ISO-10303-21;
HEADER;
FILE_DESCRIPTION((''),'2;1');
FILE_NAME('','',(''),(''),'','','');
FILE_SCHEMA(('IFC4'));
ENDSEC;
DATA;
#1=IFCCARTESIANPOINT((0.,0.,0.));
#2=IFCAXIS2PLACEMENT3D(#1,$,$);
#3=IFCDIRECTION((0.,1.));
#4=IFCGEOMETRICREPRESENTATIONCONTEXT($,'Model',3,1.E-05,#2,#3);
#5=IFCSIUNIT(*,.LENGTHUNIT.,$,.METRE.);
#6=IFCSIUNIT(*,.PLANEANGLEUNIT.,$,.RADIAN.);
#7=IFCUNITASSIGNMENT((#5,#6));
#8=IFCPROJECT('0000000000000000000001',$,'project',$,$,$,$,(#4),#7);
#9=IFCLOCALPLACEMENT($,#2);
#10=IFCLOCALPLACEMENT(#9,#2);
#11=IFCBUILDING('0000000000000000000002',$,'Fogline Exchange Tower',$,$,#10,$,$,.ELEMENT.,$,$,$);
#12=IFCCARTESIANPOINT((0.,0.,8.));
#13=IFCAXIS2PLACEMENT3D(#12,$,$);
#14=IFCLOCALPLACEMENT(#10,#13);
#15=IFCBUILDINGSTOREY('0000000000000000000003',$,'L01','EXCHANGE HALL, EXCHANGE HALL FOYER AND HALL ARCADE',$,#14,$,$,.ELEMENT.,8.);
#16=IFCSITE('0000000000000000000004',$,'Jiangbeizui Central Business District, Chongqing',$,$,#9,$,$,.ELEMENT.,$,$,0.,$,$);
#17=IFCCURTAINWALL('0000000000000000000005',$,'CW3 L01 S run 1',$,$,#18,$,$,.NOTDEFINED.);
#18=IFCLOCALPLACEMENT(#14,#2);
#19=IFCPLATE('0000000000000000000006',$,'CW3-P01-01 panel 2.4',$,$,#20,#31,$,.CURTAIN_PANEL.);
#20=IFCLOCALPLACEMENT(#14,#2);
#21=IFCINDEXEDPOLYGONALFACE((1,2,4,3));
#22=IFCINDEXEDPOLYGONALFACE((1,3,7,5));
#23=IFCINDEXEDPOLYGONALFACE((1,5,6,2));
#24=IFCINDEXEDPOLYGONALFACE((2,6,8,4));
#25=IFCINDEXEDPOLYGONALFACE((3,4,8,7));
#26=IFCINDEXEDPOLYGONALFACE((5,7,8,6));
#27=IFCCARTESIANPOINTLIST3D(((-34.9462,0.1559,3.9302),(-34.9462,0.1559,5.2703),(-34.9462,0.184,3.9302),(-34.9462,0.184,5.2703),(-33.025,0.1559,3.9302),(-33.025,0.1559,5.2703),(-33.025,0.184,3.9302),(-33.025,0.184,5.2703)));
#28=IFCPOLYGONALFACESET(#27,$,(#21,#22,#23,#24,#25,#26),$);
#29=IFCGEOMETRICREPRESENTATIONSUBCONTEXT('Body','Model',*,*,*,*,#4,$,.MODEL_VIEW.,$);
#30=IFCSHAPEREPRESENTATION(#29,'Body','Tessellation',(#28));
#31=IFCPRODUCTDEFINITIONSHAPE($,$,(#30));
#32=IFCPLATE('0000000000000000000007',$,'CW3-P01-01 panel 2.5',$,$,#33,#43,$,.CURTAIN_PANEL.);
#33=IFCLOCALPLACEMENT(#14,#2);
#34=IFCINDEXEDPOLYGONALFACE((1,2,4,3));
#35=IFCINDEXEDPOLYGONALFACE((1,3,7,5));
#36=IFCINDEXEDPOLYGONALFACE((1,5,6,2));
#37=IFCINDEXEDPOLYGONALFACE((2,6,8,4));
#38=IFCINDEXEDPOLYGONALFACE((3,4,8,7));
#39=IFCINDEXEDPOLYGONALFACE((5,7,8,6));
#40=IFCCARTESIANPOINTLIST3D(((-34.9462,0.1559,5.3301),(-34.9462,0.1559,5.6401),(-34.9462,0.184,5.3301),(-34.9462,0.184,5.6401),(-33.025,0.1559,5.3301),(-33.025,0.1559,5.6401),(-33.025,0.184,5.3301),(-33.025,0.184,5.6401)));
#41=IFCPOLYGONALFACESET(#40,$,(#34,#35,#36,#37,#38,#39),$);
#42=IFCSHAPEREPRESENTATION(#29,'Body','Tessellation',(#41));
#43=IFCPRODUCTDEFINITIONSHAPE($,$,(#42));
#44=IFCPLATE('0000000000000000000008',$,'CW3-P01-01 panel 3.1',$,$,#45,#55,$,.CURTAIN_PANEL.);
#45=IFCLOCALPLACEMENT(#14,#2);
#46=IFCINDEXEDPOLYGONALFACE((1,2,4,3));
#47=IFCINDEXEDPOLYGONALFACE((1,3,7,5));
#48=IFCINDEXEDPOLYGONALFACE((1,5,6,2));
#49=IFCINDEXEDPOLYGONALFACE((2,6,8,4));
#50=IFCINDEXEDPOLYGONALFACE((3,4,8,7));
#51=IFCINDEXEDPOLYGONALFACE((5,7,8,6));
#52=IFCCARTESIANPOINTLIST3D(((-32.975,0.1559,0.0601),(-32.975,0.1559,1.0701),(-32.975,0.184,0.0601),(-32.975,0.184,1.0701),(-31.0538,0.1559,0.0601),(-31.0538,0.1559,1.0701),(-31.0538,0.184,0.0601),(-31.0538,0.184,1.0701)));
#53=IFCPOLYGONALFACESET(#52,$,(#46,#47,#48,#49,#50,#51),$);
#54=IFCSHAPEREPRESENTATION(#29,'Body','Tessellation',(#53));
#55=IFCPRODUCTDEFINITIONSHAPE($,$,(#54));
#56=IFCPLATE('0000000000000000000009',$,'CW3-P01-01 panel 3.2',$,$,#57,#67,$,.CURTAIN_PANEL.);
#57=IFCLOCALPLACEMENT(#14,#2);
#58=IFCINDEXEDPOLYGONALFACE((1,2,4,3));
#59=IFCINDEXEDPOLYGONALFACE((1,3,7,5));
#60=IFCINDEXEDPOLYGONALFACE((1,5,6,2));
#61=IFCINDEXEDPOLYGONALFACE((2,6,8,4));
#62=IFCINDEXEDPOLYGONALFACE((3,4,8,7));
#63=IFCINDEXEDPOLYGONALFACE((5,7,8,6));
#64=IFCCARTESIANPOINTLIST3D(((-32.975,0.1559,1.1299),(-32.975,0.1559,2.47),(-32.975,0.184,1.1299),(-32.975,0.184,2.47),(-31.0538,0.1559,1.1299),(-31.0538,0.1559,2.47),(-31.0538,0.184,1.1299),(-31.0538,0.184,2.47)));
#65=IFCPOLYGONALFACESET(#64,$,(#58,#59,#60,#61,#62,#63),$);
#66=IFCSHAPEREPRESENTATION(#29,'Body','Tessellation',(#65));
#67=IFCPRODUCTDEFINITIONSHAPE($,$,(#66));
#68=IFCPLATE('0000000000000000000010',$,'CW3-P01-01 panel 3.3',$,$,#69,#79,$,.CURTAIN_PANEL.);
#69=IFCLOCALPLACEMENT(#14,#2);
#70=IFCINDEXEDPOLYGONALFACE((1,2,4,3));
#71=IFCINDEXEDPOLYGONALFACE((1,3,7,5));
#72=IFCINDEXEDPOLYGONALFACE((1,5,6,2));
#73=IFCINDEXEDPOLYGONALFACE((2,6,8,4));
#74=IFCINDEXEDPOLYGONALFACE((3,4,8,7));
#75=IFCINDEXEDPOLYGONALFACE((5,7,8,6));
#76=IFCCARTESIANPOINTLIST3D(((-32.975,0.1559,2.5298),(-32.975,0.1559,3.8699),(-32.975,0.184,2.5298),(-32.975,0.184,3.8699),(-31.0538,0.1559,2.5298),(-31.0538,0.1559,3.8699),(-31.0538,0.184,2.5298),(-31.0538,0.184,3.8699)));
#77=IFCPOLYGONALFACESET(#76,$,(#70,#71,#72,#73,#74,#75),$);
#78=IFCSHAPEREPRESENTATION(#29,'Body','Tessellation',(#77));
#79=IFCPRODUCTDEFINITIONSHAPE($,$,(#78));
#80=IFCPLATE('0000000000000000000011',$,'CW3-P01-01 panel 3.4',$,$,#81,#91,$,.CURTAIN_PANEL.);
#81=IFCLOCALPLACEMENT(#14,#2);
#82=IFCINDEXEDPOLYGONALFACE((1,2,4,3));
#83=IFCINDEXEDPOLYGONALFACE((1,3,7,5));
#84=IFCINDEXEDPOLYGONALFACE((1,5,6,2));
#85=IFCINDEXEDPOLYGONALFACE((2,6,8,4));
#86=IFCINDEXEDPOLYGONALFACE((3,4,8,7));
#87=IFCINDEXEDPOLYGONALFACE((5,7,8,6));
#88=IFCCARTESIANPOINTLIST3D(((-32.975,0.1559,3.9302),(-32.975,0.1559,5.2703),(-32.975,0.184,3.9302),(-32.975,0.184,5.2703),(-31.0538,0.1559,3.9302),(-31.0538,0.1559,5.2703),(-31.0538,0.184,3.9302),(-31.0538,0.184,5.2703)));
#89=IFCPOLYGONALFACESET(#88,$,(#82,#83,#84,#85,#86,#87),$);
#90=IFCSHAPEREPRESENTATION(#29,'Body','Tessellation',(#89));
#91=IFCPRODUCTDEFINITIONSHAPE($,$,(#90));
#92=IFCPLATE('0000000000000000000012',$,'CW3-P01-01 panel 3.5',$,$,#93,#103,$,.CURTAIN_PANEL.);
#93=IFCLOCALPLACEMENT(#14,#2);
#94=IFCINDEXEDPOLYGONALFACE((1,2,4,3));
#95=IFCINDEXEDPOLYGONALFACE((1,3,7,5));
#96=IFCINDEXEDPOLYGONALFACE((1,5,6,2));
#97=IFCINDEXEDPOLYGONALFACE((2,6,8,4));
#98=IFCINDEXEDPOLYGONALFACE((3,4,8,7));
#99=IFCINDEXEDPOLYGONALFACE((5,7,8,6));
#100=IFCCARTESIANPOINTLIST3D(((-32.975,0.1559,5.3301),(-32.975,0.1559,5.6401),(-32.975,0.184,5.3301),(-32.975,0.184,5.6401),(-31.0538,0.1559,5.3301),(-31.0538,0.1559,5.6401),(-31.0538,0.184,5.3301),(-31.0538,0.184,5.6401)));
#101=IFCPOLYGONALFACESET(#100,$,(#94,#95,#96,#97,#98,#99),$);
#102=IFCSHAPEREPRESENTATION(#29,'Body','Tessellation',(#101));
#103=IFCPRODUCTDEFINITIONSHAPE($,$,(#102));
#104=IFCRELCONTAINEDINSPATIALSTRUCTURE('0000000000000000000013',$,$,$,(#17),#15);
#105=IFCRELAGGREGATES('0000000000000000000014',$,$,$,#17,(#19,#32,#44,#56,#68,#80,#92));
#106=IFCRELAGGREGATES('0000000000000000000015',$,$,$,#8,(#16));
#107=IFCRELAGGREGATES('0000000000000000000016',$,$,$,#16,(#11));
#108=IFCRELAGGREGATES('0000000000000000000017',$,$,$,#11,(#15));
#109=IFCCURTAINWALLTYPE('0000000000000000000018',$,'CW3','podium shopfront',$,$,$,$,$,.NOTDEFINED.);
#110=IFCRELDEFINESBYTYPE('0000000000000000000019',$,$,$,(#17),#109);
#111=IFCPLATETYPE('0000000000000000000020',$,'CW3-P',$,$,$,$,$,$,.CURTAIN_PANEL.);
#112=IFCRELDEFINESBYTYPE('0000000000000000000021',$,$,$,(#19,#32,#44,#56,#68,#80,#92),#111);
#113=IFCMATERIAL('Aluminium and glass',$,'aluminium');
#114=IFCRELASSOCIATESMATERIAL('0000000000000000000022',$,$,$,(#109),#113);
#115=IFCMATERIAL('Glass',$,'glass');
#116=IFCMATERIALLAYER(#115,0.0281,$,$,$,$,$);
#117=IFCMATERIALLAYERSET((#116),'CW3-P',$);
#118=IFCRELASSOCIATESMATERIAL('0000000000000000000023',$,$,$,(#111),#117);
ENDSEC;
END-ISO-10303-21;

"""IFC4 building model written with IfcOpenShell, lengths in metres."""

from ifc_helpers import new_model, si_unit, direction, frame, origin, origin_2d, place, context, subcontext, project, spatial, rectangle, extrude, material, layer, layer_set, type_object, element, aggregate, save


model = new_model("IFC4")

# Units and contexts
model_context = context("Model", 3, precision=1e-05, world=origin(), true_north=direction((0.0, 1.0)))
body_context = subcontext(model_context, "Body", "Model", "MODEL_VIEW")
ifc_project = project(units=[si_unit("LENGTHUNIT", "METRE"), si_unit("PLANEANGLEUNIT", "RADIAN")], contexts=[model_context])

# Site, building, storey
site_placement = place(None, origin())
site = spatial("IfcSite", under=ifc_project, at=site_placement, Name="Jiangbeizui Central Business District, Chongqing", CompositionType="ELEMENT", RefElevation=0.0)
building_placement = place(site_placement, origin())
building = spatial("IfcBuilding", under=site, at=building_placement, Name="Fogline Exchange Tower", CompositionType="ELEMENT")
storey_placement = place(building_placement, frame((0.0, 0.0, 8.0)))
storey = spatial("IfcBuildingStorey", under=building, at=storey_placement, Name="L01", Description="EXCHANGE HALL, EXCHANGE HALL FOYER AND HALL ARCADE", CompositionType="ELEMENT", Elevation=8.0)

# Curtain wall, plates
ifc_material_1 = material(Name="Aluminium and glass", Category="aluminium")
curtain_wall_type = type_object("IfcCurtainWallType", Name="CW3", Description="podium shopfront", PredefinedType="NOTDEFINED", material=ifc_material_1)
curtain_wall_placement = place(storey_placement, origin())
curtain_wall = element("IfcCurtainWall", 1, at=curtain_wall_placement, inside=storey, type_object=curtain_wall_type, Name="CW3 L01 S run 1", PredefinedType="NOTDEFINED")
ifc_material_2 = material(Name="Glass", Category="glass")
ifc_layer = layer(ifc_material_2, 0.0281)
ifc_layer_set = layer_set([ifc_layer], Name="CW3-P")
plate_type = type_object("IfcPlateType", Name="CW3-P", PredefinedType="CURTAIN_PANEL", material=ifc_layer_set)
plate_1_placement = place(storey_placement, frame((-33.9856, 0.1699, 3.9302), z_axis=(0.0, 0.0, 1.0), x_axis=(1.0, 0.0, 0.0)))
plate_1 = element("IfcPlate", 2, at=plate_1_placement, type_object=plate_type, Name="CW3-P01-01 panel 2.4", PredefinedType="CURTAIN_PANEL", context=body_context, shape_type="SweptSolid", body=[
    extrude(rectangle(XDim=1.9211, YDim=0.0281, at=origin_2d()), origin(), (0.0, 0.0, 1.0), 1.3401),
])
plate_2_placement = place(storey_placement, frame((-33.9856, 0.1699, 5.3301), z_axis=(0.0, 0.0, 1.0), x_axis=(1.0, 0.0, 0.0)))
plate_2 = element("IfcPlate", 3, at=plate_2_placement, type_object=plate_type, Name="CW3-P01-01 panel 2.5", PredefinedType="CURTAIN_PANEL", context=body_context, shape_type="SweptSolid", body=[
    extrude(rectangle(XDim=1.9211, YDim=0.0281, at=origin_2d()), origin(), (0.0, 0.0, 1.0), 0.3101),
])
plate_3_placement = place(storey_placement, frame((-32.0144, 0.1699, 0.0601), z_axis=(0.0, 0.0, 1.0), x_axis=(1.0, 0.0, 0.0)))
plate_3 = element("IfcPlate", 4, at=plate_3_placement, type_object=plate_type, Name="CW3-P01-01 panel 3.1", PredefinedType="CURTAIN_PANEL", context=body_context, shape_type="SweptSolid", body=[
    extrude(rectangle(XDim=1.9211, YDim=0.0281, at=origin_2d()), origin(), (0.0, 0.0, 1.0), 1.01),
])
plate_4_placement = place(storey_placement, frame((-32.0144, 0.1699, 1.1299), z_axis=(0.0, 0.0, 1.0), x_axis=(1.0, 0.0, 0.0)))
plate_4 = element("IfcPlate", 5, at=plate_4_placement, type_object=plate_type, Name="CW3-P01-01 panel 3.2", PredefinedType="CURTAIN_PANEL", context=body_context, shape_type="SweptSolid", body=[
    extrude(rectangle(XDim=1.9211, YDim=0.0281, at=origin_2d()), origin(), (0.0, 0.0, 1.0), 1.3401),
])
plate_5_placement = place(storey_placement, frame((-32.0144, 0.1699, 2.5298), z_axis=(0.0, 0.0, 1.0), x_axis=(1.0, 0.0, 0.0)))
plate_5 = element("IfcPlate", 6, at=plate_5_placement, type_object=plate_type, Name="CW3-P01-01 panel 3.3", PredefinedType="CURTAIN_PANEL", context=body_context, shape_type="SweptSolid", body=[
    extrude(rectangle(XDim=1.9211, YDim=0.0281, at=origin_2d()), origin(), (0.0, 0.0, 1.0), 1.3401),
])
plate_6_placement = place(storey_placement, frame((-32.0144, 0.1699, 3.9302), z_axis=(0.0, 0.0, 1.0), x_axis=(1.0, 0.0, 0.0)))
plate_6 = element("IfcPlate", 7, at=plate_6_placement, type_object=plate_type, Name="CW3-P01-01 panel 3.4", PredefinedType="CURTAIN_PANEL", context=body_context, shape_type="SweptSolid", body=[
    extrude(rectangle(XDim=1.9211, YDim=0.0281, at=origin_2d()), origin(), (0.0, 0.0, 1.0), 1.3401),
])
plate_7_placement = place(storey_placement, frame((-32.0144, 0.1699, 5.3301), z_axis=(0.0, 0.0, 1.0), x_axis=(1.0, 0.0, 0.0)))
plate_7 = element("IfcPlate", 8, at=plate_7_placement, type_object=plate_type, Name="CW3-P01-01 panel 3.5", PredefinedType="CURTAIN_PANEL", context=body_context, shape_type="SweptSolid", body=[
    extrude(rectangle(XDim=1.9211, YDim=0.0281, at=origin_2d()), origin(), (0.0, 0.0, 1.0), 0.3101),
])
aggregate(curtain_wall, [plate_1, plate_2, plate_3, plate_4, plate_5, plate_6, plate_7])

save(model, "model.ifc")
